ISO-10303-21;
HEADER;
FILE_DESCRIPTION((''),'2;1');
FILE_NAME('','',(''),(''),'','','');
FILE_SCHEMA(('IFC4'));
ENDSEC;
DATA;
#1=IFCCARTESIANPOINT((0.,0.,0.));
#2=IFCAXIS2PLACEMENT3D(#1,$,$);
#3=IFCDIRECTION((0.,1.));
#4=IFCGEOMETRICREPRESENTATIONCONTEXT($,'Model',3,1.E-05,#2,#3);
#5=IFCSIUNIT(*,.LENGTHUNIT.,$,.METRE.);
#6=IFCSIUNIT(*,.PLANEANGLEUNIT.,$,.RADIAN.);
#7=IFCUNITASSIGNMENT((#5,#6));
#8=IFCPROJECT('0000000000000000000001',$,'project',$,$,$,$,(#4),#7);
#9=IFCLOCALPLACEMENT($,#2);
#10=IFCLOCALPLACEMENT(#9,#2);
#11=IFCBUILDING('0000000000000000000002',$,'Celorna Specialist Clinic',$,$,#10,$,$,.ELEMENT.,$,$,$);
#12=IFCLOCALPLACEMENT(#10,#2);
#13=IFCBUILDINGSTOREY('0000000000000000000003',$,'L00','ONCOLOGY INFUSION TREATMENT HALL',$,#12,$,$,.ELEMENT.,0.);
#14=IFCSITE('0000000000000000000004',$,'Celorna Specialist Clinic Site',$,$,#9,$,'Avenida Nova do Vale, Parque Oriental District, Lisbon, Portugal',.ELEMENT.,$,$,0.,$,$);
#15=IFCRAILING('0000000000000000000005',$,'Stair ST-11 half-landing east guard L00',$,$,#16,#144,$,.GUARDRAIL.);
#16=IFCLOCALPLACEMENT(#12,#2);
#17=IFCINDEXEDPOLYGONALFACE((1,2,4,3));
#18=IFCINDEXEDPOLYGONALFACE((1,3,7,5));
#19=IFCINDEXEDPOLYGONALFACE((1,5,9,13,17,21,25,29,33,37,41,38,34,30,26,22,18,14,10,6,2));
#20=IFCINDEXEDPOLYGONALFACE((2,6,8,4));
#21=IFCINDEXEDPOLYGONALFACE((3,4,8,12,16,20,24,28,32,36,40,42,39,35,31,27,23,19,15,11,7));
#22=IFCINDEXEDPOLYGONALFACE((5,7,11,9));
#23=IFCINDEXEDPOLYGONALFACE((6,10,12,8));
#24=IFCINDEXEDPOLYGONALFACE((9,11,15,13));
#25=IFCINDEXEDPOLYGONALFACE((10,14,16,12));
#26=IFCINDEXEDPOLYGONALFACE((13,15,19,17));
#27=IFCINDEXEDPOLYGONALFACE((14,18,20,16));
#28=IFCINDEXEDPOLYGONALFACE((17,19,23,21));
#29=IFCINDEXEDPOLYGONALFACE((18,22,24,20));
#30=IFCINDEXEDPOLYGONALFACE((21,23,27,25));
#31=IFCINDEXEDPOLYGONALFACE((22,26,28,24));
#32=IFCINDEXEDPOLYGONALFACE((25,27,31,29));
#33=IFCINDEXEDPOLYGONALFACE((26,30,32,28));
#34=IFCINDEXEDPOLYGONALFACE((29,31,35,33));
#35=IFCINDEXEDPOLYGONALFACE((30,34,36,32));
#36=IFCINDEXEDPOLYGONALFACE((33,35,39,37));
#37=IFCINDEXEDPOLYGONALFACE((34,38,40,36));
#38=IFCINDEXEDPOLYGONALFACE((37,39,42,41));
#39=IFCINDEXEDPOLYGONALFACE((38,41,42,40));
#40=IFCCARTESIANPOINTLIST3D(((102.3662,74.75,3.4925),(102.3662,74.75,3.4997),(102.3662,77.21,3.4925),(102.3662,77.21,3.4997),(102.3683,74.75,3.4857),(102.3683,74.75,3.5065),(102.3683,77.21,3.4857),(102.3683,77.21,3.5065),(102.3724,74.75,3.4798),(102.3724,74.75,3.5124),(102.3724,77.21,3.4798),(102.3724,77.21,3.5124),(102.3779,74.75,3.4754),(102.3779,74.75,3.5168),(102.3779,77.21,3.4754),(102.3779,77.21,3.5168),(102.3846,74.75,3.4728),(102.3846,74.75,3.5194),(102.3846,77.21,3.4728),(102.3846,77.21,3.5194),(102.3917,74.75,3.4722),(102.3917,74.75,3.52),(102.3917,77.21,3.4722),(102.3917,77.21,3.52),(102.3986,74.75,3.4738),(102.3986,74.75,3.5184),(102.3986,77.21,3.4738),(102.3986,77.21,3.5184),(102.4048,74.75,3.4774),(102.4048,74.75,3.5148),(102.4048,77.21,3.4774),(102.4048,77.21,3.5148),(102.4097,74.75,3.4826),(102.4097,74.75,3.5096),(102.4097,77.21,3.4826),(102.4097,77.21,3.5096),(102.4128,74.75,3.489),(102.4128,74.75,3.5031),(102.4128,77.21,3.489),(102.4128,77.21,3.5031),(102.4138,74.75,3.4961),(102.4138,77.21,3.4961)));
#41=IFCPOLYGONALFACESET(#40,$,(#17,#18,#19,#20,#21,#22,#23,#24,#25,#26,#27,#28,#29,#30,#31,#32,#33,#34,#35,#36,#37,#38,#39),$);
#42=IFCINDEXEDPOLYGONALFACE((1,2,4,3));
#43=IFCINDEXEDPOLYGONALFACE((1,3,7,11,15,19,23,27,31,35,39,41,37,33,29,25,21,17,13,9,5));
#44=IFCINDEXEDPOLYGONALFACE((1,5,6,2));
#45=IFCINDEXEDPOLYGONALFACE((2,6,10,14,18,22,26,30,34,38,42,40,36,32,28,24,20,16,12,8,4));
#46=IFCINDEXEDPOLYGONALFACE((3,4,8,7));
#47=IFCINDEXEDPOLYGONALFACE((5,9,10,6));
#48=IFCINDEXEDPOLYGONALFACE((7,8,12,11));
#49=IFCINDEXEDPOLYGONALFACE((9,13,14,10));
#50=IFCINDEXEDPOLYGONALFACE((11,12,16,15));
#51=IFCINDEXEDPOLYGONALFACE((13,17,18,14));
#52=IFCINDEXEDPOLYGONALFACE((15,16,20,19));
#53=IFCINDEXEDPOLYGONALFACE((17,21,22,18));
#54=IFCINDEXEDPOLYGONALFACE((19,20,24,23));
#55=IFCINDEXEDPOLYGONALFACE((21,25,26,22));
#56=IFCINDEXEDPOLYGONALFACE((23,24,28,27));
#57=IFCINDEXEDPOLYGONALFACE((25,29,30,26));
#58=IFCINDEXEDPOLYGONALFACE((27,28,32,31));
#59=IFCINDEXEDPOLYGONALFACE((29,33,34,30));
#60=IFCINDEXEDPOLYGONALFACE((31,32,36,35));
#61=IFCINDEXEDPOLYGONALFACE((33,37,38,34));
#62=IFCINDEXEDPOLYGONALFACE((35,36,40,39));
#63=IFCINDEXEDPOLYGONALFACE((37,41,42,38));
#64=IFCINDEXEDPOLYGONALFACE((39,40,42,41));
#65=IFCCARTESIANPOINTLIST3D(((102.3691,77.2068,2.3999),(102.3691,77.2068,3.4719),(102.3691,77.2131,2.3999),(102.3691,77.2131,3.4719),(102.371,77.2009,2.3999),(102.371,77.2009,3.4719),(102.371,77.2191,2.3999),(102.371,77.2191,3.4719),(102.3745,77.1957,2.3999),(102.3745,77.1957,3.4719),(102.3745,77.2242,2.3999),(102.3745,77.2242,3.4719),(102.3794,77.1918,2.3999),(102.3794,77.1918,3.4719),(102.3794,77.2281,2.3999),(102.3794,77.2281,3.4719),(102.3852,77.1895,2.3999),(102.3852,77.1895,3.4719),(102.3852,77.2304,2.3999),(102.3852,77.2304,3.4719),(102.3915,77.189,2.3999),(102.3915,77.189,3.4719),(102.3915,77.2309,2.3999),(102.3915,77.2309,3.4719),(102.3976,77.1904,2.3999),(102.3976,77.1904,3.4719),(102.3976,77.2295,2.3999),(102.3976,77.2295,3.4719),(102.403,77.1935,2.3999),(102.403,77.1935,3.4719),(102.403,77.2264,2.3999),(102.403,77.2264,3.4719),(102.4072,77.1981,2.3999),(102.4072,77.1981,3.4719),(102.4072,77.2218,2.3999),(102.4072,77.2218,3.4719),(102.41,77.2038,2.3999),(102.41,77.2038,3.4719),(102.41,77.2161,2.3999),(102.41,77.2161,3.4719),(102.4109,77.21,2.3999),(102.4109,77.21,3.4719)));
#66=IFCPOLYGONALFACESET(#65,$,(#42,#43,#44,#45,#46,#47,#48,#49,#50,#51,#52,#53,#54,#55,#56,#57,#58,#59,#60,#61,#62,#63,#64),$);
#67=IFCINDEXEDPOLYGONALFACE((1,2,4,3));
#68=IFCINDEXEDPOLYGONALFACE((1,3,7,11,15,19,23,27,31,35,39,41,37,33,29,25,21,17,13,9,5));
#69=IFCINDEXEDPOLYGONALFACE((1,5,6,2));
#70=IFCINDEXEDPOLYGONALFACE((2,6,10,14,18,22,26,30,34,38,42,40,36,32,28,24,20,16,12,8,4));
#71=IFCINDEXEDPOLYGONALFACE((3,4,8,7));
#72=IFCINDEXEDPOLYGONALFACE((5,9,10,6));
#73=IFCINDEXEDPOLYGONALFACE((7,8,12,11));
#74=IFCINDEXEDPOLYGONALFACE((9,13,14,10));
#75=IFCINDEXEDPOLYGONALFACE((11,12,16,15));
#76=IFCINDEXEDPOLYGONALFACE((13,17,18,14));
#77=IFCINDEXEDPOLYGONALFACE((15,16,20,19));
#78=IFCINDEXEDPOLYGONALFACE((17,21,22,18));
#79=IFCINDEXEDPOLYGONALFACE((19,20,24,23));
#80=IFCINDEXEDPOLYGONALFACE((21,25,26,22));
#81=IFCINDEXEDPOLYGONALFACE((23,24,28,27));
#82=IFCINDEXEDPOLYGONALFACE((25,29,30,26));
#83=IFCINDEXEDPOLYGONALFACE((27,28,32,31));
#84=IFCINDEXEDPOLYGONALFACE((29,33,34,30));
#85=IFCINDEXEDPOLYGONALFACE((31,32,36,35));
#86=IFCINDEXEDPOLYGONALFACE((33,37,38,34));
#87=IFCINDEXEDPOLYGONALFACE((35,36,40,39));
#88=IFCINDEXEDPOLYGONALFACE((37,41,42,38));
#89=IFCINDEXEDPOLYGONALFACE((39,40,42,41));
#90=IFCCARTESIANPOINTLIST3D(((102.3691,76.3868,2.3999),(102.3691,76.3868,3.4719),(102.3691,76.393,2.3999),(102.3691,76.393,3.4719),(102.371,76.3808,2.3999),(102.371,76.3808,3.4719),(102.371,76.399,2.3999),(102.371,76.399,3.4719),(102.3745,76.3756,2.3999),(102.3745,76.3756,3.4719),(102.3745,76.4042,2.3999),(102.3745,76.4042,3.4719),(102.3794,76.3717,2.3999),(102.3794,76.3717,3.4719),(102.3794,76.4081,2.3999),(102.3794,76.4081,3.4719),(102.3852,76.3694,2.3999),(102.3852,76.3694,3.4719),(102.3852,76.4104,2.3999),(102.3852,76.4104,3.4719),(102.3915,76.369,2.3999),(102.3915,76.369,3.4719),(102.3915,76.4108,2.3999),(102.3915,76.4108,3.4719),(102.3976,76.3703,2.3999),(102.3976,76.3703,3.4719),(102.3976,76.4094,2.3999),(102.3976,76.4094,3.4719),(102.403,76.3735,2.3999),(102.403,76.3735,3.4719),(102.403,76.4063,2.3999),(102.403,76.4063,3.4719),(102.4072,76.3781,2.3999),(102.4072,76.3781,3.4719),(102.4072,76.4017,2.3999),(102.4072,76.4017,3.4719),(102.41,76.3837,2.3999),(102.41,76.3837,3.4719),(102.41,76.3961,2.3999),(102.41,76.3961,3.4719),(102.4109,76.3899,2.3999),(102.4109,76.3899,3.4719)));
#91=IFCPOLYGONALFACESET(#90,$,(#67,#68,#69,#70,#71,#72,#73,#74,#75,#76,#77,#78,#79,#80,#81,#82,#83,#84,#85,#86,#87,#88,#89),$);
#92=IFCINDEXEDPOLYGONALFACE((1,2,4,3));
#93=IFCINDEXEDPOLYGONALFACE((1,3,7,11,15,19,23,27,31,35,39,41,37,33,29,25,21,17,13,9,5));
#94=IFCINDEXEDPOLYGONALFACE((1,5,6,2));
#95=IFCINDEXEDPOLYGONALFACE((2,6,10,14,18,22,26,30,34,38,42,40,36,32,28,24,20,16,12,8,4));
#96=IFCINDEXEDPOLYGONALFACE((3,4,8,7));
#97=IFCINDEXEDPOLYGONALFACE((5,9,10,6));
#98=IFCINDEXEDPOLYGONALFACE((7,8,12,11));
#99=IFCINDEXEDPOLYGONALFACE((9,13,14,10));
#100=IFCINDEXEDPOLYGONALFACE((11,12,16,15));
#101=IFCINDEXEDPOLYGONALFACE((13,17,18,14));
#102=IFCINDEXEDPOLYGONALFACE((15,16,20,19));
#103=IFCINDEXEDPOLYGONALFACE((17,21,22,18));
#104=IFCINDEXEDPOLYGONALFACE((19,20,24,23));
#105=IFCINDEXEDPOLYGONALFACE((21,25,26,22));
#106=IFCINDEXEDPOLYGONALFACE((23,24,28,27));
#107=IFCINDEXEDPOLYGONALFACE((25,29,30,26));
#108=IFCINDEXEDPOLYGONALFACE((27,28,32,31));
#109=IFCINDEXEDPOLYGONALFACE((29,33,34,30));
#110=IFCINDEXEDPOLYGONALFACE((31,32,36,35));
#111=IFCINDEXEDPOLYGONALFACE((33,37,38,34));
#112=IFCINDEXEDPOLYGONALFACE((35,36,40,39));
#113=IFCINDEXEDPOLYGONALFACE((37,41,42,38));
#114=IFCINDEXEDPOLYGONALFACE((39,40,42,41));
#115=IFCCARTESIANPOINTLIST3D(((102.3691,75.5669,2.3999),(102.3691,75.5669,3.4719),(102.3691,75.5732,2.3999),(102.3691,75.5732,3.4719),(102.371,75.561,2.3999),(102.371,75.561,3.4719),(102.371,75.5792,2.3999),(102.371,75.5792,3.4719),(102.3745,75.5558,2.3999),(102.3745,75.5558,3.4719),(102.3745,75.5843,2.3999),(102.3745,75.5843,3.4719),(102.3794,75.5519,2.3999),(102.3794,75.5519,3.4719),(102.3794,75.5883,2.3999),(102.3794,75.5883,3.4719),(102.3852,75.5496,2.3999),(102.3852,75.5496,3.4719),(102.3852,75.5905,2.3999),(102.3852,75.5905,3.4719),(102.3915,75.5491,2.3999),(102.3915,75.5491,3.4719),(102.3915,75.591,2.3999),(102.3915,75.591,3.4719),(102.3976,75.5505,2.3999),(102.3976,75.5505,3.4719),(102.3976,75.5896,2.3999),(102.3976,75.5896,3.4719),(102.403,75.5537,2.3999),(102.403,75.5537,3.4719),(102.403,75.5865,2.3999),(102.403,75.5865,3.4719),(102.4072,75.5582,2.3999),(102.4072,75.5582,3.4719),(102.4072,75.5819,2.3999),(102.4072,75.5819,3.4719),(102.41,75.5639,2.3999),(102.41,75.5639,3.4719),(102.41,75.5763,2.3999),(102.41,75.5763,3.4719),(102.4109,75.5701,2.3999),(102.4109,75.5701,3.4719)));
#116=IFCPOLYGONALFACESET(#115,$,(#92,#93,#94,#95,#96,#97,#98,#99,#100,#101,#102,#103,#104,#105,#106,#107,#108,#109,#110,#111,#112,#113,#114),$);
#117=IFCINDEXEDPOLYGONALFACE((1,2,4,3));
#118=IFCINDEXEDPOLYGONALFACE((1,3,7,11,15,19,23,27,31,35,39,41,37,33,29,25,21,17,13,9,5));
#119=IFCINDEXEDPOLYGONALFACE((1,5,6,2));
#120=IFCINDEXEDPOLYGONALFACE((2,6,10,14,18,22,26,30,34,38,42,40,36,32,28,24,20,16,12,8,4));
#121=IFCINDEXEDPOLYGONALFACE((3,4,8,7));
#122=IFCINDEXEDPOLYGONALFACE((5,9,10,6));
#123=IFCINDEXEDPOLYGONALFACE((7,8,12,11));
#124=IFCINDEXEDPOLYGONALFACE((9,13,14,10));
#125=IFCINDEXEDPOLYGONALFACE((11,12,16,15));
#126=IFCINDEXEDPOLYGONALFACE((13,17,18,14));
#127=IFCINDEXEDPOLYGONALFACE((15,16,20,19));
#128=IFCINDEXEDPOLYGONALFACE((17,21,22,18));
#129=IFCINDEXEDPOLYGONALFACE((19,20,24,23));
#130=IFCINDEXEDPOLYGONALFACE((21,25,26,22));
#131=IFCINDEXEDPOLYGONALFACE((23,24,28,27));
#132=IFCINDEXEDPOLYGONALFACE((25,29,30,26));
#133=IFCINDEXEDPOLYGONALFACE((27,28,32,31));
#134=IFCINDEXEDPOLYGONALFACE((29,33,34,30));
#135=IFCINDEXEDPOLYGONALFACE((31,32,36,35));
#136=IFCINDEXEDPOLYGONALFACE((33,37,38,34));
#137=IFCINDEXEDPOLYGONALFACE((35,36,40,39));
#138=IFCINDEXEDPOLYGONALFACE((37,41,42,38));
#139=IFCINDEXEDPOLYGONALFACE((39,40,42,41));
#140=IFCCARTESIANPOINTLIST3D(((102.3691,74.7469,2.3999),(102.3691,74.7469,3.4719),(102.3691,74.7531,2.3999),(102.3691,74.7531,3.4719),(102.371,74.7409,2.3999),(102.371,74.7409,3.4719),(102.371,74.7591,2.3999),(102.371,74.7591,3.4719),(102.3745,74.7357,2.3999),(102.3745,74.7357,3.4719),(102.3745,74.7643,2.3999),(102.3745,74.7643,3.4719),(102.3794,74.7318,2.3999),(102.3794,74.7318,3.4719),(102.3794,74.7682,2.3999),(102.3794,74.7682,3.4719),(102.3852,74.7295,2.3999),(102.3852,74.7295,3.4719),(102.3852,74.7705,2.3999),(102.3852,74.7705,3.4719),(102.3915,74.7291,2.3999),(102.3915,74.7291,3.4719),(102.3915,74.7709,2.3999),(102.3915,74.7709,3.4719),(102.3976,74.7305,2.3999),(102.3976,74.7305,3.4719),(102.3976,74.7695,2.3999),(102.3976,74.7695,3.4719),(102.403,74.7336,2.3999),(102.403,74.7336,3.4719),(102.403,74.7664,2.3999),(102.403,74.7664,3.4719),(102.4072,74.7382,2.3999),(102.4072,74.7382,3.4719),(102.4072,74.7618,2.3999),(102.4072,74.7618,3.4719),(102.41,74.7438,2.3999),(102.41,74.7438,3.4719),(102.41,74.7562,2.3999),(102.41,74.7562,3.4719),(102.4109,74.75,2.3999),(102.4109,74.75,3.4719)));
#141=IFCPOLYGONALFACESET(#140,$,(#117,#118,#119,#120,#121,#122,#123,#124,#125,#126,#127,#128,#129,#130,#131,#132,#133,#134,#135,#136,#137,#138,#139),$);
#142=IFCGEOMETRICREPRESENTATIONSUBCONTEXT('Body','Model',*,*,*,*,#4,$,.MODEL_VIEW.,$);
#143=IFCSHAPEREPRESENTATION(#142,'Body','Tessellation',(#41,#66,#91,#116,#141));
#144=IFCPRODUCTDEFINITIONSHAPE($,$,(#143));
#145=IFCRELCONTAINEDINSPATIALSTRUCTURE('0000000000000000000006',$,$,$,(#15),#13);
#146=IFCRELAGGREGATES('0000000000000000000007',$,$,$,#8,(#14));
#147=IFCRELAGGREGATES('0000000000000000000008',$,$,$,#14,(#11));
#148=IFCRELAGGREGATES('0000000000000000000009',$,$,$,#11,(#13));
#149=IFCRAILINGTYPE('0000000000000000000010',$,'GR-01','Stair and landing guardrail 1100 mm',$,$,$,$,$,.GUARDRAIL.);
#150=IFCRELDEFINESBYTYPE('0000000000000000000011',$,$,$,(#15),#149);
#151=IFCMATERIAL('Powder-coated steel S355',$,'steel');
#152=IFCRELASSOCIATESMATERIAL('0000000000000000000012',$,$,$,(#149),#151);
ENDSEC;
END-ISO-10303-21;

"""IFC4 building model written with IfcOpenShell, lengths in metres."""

from ifc_helpers import new_model, si_unit, direction, frame, origin, origin_2d, place, context, subcontext, project, spatial, circle, extrude, material, type_object, element, save


model = new_model("IFC4")

# Units and contexts
model_context = context("Model", 3, precision=1e-05, world=origin(), true_north=direction((0.0, 1.0)))
body_context = subcontext(model_context, "Body", "Model", "MODEL_VIEW")
ifc_project = project(units=[si_unit("LENGTHUNIT", "METRE"), si_unit("PLANEANGLEUNIT", "RADIAN")], contexts=[model_context])

# Site, building, storey
site_placement = place(None, origin())
site = spatial("IfcSite", under=ifc_project, at=site_placement, Name="Celorna Specialist Clinic Site", LongName="Avenida Nova do Vale, Parque Oriental District, Lisbon, Portugal", CompositionType="ELEMENT", RefElevation=0.0)
building_placement = place(site_placement, origin())
building = spatial("IfcBuilding", under=site, at=building_placement, Name="Celorna Specialist Clinic", CompositionType="ELEMENT")
storey_placement = place(building_placement, origin())
storey = spatial("IfcBuildingStorey", under=building, at=storey_placement, Name="L00", Description="ONCOLOGY INFUSION TREATMENT HALL", CompositionType="ELEMENT", Elevation=0.0)

# Railing
ifc_material_1 = material(Name="Powder-coated steel S355", Category="steel")
railing_type_1 = type_object("IfcRailingType", Name="GR-01", Description="Stair and landing guardrail 1100 mm", PredefinedType="GUARDRAIL", material=ifc_material_1)
railing_1_placement = place(storey_placement, frame((102.3899, 77.21, 2.3999)))
element("IfcRailing", 1, at=railing_1_placement, inside=storey, type_object=railing_type_1, Name="Stair ST-11 half-landing east guard L00", PredefinedType="GUARDRAIL", context=body_context, shape_type="SweptSolid", body=[
    extrude(circle(Radius=0.0239, at=origin_2d()), frame((0.0, 0.0, 1.0962), z_axis=(0.0, -1.0, 0.0), x_axis=(1.0, 0.0, 0.0)), (0.0, 0.0, 1.0), 2.46),
    extrude(circle(Radius=0.021, at=origin_2d()), origin(), (0.0, 0.0, 1.0), 1.072),
    extrude(circle(Radius=0.021, at=origin_2d()), frame((0.0, -0.8201, 0.0)), (0.0, 0.0, 1.0), 1.072),
    extrude(circle(Radius=0.021, at=origin_2d()), frame((0.0, -1.6399, 0.0)), (0.0, 0.0, 1.0), 1.072),
    extrude(circle(Radius=0.021, at=origin_2d()), frame((0.0, -2.46, 0.0)), (0.0, 0.0, 1.0), 1.072),
])

save(model, "model.ifc")
